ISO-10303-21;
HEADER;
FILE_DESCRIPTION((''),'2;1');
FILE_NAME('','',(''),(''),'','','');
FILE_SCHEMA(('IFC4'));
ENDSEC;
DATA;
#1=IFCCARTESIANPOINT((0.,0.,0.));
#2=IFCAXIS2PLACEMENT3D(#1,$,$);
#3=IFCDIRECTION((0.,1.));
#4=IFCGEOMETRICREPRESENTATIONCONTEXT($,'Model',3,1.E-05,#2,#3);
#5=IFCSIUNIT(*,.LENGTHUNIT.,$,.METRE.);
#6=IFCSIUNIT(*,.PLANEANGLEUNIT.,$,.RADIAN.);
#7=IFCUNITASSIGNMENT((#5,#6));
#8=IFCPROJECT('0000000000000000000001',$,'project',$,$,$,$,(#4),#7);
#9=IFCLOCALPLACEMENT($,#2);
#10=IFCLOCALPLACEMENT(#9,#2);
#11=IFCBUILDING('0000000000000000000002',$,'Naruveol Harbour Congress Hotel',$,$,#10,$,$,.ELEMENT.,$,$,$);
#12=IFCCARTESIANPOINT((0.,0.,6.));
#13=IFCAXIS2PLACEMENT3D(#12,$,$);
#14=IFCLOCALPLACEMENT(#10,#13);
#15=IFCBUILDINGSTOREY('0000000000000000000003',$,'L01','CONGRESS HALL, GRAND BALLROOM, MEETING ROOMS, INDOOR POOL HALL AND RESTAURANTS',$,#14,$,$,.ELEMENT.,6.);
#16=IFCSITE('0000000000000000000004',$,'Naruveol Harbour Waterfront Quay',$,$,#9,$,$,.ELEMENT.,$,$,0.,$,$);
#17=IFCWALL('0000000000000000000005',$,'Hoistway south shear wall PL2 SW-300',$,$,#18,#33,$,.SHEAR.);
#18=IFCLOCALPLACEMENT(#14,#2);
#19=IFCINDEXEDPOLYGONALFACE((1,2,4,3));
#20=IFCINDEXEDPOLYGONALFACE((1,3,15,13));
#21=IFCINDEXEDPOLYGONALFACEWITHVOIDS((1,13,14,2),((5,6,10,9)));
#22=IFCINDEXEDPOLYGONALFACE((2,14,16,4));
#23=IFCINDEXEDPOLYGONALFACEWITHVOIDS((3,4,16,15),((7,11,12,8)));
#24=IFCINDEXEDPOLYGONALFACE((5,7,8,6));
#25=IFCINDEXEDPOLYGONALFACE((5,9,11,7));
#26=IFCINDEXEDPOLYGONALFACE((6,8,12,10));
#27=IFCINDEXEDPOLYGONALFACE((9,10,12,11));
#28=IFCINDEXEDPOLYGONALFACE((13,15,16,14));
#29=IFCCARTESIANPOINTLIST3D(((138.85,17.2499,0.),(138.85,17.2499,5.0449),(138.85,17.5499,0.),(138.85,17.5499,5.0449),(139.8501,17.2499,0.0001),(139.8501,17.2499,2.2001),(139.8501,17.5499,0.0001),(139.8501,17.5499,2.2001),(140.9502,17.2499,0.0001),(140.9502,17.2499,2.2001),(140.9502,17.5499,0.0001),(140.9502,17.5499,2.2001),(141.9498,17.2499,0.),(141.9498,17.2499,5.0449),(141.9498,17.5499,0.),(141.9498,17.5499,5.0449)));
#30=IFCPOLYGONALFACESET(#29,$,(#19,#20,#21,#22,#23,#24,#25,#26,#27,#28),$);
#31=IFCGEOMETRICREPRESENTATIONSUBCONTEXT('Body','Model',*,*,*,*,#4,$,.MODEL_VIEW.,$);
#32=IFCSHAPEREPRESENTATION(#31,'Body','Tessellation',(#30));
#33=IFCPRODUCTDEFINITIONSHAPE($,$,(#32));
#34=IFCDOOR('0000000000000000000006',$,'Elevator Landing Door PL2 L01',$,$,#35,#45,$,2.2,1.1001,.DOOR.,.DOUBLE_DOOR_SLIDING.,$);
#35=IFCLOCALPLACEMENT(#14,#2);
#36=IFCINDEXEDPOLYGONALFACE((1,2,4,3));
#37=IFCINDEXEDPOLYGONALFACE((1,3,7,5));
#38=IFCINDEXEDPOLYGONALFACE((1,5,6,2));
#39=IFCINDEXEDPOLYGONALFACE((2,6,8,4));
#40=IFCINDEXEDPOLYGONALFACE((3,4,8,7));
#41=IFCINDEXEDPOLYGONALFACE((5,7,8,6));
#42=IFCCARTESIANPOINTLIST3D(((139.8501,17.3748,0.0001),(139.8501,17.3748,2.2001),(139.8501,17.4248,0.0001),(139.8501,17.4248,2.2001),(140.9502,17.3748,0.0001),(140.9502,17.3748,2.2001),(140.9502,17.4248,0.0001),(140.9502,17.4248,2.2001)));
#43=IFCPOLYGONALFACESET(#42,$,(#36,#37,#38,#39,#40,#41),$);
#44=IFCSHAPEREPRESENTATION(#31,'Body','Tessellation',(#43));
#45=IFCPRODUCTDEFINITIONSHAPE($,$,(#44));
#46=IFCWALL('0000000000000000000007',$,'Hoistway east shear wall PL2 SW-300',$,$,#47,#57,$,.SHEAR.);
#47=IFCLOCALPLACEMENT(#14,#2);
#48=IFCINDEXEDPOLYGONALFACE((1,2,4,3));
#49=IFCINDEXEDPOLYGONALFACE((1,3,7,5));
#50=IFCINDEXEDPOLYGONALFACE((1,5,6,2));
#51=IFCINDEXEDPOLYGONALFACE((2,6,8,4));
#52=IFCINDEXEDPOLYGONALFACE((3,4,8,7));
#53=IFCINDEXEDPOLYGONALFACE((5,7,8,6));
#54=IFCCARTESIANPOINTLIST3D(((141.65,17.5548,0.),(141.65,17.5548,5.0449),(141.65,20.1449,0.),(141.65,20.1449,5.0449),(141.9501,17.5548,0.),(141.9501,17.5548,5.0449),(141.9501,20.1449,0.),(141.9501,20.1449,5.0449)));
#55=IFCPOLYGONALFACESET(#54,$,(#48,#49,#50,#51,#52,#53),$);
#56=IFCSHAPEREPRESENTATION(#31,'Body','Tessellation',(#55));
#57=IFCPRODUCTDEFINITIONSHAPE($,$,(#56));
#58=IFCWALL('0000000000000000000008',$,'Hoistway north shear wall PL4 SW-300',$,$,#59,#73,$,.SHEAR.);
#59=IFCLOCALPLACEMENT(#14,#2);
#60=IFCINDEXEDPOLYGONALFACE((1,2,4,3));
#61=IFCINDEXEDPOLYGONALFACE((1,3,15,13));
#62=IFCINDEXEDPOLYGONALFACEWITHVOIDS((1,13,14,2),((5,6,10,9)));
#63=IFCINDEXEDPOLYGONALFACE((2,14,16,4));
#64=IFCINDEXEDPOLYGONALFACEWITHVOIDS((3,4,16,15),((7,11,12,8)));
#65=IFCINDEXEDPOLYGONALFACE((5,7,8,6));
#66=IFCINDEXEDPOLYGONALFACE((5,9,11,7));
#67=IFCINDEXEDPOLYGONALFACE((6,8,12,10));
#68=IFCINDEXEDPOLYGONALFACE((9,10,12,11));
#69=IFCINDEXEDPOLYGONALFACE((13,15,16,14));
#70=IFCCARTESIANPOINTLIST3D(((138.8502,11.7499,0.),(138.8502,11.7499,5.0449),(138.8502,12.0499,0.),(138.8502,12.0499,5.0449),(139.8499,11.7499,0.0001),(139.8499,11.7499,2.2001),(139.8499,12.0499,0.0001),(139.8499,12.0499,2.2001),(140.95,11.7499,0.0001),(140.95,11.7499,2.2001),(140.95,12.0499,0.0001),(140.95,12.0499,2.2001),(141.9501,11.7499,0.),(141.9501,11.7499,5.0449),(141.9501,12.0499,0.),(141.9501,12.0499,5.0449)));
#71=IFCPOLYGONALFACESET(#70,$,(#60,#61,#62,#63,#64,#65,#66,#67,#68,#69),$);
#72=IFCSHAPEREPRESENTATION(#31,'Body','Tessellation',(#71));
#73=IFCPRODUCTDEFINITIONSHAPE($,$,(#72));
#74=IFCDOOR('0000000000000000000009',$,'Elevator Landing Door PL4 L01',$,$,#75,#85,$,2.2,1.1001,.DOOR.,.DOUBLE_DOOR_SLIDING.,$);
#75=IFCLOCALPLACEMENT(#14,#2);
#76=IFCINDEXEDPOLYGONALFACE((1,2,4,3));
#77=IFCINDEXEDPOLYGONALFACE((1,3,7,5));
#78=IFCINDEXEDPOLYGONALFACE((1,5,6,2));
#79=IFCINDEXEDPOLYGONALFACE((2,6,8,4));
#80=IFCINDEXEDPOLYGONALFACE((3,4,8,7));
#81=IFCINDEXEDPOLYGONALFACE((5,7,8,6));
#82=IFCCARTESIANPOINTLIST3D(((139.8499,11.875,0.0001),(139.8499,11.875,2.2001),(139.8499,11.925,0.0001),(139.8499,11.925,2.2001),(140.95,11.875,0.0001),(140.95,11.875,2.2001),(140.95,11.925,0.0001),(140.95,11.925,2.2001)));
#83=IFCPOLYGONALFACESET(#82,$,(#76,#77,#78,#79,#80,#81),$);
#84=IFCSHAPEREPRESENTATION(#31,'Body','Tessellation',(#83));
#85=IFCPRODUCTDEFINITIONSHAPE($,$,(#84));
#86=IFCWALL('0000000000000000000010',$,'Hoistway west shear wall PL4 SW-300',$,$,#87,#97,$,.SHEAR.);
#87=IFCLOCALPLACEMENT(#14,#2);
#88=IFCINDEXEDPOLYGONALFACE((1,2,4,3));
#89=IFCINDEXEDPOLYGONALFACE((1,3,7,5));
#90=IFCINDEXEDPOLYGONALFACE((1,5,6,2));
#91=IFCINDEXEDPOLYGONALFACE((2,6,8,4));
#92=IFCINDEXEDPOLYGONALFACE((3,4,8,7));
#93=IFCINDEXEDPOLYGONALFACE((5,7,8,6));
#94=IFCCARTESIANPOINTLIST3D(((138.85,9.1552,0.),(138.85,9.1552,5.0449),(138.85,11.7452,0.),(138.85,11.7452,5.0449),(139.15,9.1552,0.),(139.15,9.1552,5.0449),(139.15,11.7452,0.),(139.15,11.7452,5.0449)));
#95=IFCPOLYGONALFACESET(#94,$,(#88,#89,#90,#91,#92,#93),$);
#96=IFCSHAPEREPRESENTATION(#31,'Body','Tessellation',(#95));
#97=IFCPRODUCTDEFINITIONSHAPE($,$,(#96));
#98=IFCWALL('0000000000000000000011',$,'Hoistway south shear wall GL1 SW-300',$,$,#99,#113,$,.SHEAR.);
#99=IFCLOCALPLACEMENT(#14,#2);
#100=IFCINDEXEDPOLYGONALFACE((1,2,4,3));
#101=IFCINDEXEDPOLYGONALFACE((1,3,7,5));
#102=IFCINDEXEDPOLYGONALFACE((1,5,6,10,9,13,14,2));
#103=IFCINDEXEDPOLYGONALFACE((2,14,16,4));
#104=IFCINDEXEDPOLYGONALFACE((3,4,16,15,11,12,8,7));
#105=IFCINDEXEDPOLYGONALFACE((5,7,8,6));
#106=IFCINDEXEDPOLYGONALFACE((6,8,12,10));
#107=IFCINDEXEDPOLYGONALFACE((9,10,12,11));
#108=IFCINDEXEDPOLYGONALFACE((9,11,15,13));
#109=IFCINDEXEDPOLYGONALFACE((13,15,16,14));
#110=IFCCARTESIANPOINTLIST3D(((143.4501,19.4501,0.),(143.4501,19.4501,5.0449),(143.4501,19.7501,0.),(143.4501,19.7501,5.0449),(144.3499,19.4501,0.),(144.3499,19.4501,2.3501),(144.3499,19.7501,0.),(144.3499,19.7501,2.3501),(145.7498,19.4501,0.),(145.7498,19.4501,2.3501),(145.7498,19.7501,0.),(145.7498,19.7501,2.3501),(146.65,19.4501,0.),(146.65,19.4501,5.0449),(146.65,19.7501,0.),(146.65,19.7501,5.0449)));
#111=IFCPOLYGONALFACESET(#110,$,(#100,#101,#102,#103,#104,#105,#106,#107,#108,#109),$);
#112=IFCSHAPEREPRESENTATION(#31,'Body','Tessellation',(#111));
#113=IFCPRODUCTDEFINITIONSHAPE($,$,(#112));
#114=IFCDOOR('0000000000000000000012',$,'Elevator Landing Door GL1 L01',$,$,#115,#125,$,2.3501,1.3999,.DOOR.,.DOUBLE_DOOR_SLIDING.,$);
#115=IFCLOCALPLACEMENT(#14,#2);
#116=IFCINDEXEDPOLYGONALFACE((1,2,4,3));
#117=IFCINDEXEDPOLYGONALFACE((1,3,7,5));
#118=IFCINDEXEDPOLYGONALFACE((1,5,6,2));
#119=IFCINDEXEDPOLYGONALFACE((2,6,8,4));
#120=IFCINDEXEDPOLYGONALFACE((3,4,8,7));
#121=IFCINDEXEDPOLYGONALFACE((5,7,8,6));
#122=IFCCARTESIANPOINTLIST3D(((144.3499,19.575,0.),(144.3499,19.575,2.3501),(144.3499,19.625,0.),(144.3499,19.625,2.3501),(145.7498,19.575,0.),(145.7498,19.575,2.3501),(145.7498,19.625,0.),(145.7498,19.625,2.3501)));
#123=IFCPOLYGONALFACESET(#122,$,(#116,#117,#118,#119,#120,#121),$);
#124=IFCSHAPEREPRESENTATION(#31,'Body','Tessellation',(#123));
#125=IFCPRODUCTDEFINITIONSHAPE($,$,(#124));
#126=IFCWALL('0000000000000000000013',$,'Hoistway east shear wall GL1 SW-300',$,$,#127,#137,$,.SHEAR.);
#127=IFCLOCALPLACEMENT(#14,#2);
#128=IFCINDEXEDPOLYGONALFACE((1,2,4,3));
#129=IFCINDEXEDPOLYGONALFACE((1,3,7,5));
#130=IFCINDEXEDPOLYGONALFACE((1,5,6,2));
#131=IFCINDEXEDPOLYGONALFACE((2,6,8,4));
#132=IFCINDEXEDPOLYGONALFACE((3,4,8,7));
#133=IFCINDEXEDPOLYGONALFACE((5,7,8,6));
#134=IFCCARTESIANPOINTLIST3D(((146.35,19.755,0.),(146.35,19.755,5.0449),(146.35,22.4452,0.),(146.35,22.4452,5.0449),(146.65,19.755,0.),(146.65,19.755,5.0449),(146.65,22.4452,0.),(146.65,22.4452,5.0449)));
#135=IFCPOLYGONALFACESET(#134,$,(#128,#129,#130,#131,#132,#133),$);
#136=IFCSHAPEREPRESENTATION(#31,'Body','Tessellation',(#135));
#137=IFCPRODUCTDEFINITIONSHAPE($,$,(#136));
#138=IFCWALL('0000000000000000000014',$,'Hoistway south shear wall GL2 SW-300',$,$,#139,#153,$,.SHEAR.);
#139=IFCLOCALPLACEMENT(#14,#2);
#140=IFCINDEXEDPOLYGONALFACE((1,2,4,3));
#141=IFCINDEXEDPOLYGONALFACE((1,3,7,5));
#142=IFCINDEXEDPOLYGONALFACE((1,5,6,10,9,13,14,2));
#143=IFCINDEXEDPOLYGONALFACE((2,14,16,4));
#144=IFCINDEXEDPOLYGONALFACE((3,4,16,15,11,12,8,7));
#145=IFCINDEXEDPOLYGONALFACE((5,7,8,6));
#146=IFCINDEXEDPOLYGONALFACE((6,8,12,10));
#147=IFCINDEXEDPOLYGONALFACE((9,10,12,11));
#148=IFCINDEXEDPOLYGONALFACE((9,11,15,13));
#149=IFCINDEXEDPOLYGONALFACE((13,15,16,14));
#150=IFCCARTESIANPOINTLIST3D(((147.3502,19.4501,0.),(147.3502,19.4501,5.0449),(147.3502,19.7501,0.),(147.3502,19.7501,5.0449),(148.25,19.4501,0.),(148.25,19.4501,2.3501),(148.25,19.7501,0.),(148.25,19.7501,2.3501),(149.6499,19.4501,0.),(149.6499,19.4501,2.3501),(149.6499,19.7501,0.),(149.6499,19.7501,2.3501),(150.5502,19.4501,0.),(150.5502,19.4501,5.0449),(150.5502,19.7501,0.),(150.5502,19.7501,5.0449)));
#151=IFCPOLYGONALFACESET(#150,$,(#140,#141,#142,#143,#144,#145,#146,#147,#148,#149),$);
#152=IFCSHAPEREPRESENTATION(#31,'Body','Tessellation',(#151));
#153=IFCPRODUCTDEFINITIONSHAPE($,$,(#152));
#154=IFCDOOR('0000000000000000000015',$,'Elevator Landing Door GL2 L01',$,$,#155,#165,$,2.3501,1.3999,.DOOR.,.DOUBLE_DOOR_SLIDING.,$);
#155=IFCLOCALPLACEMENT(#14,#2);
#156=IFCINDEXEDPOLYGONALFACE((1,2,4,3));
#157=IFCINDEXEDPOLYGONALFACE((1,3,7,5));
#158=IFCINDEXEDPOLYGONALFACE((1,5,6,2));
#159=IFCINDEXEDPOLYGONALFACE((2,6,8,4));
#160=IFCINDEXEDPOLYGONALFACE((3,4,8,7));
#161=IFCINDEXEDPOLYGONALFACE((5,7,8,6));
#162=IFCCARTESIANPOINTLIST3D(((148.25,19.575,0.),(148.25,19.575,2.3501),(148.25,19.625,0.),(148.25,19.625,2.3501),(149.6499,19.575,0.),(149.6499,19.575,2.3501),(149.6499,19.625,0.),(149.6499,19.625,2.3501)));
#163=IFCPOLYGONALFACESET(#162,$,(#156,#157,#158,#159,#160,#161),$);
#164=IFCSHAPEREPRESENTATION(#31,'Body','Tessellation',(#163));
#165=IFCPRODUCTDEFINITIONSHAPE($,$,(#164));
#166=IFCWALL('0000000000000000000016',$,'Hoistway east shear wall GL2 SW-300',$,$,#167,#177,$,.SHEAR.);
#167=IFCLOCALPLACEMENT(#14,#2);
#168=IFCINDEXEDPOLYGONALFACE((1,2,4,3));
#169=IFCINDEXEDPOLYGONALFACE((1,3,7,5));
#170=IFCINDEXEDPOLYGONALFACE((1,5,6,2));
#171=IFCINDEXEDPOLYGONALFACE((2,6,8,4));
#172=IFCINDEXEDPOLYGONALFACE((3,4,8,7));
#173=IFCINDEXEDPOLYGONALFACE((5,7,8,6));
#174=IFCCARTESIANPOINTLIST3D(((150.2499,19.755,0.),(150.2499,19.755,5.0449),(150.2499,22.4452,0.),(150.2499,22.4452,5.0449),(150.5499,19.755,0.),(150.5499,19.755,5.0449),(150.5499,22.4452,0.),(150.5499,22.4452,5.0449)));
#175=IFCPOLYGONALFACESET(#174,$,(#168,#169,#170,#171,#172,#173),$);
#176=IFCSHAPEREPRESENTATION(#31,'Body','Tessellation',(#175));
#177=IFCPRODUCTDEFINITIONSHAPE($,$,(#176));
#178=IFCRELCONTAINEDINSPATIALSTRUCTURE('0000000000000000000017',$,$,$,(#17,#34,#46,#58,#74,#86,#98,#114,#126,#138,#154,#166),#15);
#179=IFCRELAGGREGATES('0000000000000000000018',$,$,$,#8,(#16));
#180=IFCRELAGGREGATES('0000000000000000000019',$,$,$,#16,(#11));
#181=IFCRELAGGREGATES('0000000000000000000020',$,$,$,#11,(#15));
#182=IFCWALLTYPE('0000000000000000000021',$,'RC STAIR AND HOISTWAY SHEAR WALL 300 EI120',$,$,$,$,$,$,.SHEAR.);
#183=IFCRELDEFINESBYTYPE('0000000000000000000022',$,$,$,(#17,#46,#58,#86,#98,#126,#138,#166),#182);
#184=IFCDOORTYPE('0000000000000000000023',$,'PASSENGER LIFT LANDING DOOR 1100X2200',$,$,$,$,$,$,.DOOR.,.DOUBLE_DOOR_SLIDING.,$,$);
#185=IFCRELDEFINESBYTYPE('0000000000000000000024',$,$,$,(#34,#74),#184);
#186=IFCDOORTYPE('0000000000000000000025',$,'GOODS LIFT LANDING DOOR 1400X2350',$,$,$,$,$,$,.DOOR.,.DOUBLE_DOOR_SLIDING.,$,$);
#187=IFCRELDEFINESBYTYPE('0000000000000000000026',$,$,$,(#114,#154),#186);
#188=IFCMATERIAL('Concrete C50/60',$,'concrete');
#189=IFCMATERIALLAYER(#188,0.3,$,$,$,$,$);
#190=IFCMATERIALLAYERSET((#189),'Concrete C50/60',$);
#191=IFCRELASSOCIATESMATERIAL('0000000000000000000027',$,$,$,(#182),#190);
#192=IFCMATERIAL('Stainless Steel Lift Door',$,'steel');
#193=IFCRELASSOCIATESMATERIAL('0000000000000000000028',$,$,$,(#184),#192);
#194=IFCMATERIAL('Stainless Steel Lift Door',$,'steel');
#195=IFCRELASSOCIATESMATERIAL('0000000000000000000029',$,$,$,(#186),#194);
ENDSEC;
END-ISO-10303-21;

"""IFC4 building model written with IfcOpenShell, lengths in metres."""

from ifc_helpers import new_model, si_unit, direction, frame, frame_2d, origin, place, context, subcontext, project, spatial, rectangle, extrude, material, layer, layer_set, type_object, element, fill, save


model = new_model("IFC4")

# Units and contexts
model_context = context("Model", 3, precision=1e-05, world=origin(), true_north=direction((0.0, 1.0)))
body_context = subcontext(model_context, "Body", "Model", "MODEL_VIEW")
ifc_project = project(units=[si_unit("LENGTHUNIT", "METRE"), si_unit("PLANEANGLEUNIT", "RADIAN")], contexts=[model_context])

# Site, building, storey
site_placement = place(None, origin())
site = spatial("IfcSite", under=ifc_project, at=site_placement, Name="Naruveol Harbour Waterfront Quay", CompositionType="ELEMENT", RefElevation=0.0)
building_placement = place(site_placement, origin())
building = spatial("IfcBuilding", under=site, at=building_placement, Name="Naruveol Harbour Congress Hotel", CompositionType="ELEMENT")
storey_placement = place(building_placement, frame((0.0, 0.0, 6.0)))
storey = spatial("IfcBuildingStorey", under=building, at=storey_placement, Name="L01", Description="CONGRESS HALL, GRAND BALLROOM, MEETING ROOMS, INDOOR POOL HALL AND RESTAURANTS", CompositionType="ELEMENT", Elevation=6.0)

# Wall, opening, door
ifc_material_1 = material(Name="Concrete C50/60", Category="concrete")
ifc_layer_1 = layer(ifc_material_1, 0.3)
ifc_layer_set_1 = layer_set([ifc_layer_1], Name="Concrete C50/60")
wall_type_1 = type_object("IfcWallType", Name="RC STAIR AND HOISTWAY SHEAR WALL 300 EI120", PredefinedType="SHEAR", material=ifc_layer_set_1)
wall_1_placement = place(storey_placement, frame((138.8501, 17.3999, 0.0), z_axis=(0.0, 0.0, 1.0), x_axis=(1.0, 0.0, 0.0)))
wall_1 = element("IfcWall", 1, at=wall_1_placement, inside=storey, type_object=wall_type_1, Name="Hoistway south shear wall PL2 SW-300", PredefinedType="SHEAR", context=body_context, shape_type="SweptSolid", body=[
    extrude(rectangle(XDim=3.0999, YDim=0.3, at=frame_2d((1.5498, 0.0))), origin(), (0.0, 0.0, 1.0), 5.0449),
])
opening_1_placement = place(wall_1_placement, frame((1.0, 0.0, 0.0)))
opening_1 = element("IfcOpeningElement", 2, at=opening_1_placement, cuts=wall_1, PredefinedType="OPENING", context=body_context, shape_type="SweptSolid", body=[
    extrude(rectangle(XDim=1.1001, YDim=2.2, at=frame_2d((0.55, 1.1001))), frame((0.0, 0.1599, 0.0), z_axis=(0.0, -1.0, 0.0), x_axis=(1.0, 0.0, 0.0)), (0.0, 0.0, 1.0), 0.3201),
])
ifc_material_2 = material(Name="Stainless Steel Lift Door", Category="steel")
door_type_1 = type_object("IfcDoorType", Name="PASSENGER LIFT LANDING DOOR 1100X2200", OperationType="DOUBLE_DOOR_SLIDING", PredefinedType="DOOR", material=ifc_material_2)
door_1_placement = place(opening_1_placement, origin())
door_1 = element("IfcDoor", 3, at=door_1_placement, inside=storey, type_object=door_type_1, Name="Elevator Landing Door PL2 L01", OperationType="DOUBLE_DOOR_SLIDING", OverallHeight=2.2, OverallWidth=1.1001, PredefinedType="DOOR", context=body_context, shape_type="SweptSolid", body=[
    extrude(rectangle(XDim=1.1001, YDim=2.2, at=frame_2d((0.55, 1.1001))), frame((0.0, 0.0249, 0.0), z_axis=(0.0, -1.0, 0.0), x_axis=(1.0, 0.0, 0.0)), (0.0, 0.0, 1.0), 0.05),
])
fill(opening_1, door_1)

# Wall
wall_2_placement = place(storey_placement, frame((141.8, 17.5549, 0.0), z_axis=(0.0, 0.0, 1.0), x_axis=(0.0, 1.0, 0.0)))
element("IfcWall", 4, at=wall_2_placement, inside=storey, type_object=wall_type_1, Name="Hoistway east shear wall PL2 SW-300", PredefinedType="SHEAR", context=body_context, shape_type="SweptSolid", body=[
    extrude(rectangle(XDim=2.5901, YDim=0.3, at=frame_2d((1.2949, 0.0))), origin(), (0.0, 0.0, 1.0), 5.0449),
])

# Wall, opening, door
wall_3_placement = place(storey_placement, frame((141.95, 11.8999, 0.0), z_axis=(0.0, 0.0, 1.0), x_axis=(-1.0, 0.0, 0.0)))
wall_3 = element("IfcWall", 5, at=wall_3_placement, inside=storey, type_object=wall_type_1, Name="Hoistway north shear wall PL4 SW-300", PredefinedType="SHEAR", context=body_context, shape_type="SweptSolid", body=[
    extrude(rectangle(XDim=3.0999, YDim=0.3, at=frame_2d((1.5498, 0.0))), origin(), (0.0, 0.0, 1.0), 5.0449),
])
opening_2_placement = place(wall_3_placement, frame((1.0, 0.0, 0.0)))
opening_2 = element("IfcOpeningElement", 6, at=opening_2_placement, cuts=wall_3, PredefinedType="OPENING", context=body_context, shape_type="SweptSolid", body=[
    extrude(rectangle(XDim=1.1001, YDim=2.2, at=frame_2d((0.55, 1.1001))), frame((0.0, 0.1599, 0.0), z_axis=(0.0, -1.0, 0.0), x_axis=(1.0, 0.0, 0.0)), (0.0, 0.0, 1.0), 0.3201),
])
door_2_placement = place(opening_2_placement, origin())
door_2 = element("IfcDoor", 7, at=door_2_placement, inside=storey, type_object=door_type_1, Name="Elevator Landing Door PL4 L01", OperationType="DOUBLE_DOOR_SLIDING", OverallHeight=2.2, OverallWidth=1.1001, PredefinedType="DOOR", context=body_context, shape_type="SweptSolid", body=[
    extrude(rectangle(XDim=1.1001, YDim=2.2, at=frame_2d((0.55, 1.1001))), frame((0.0, 0.0249, 0.0), z_axis=(0.0, -1.0, 0.0), x_axis=(1.0, 0.0, 0.0)), (0.0, 0.0, 1.0), 0.05),
])
fill(opening_2, door_2)

# Wall
wall_4_placement = place(storey_placement, frame((139.0, 11.7451, 0.0), z_axis=(0.0, 0.0, 1.0), x_axis=(0.0, -1.0, 0.0)))
element("IfcWall", 8, at=wall_4_placement, inside=storey, type_object=wall_type_1, Name="Hoistway west shear wall PL4 SW-300", PredefinedType="SHEAR", context=body_context, shape_type="SweptSolid", body=[
    extrude(rectangle(XDim=2.5901, YDim=0.3, at=frame_2d((1.2949, 0.0))), origin(), (0.0, 0.0, 1.0), 5.0449),
])

# Wall, opening, door
wall_5_placement = place(storey_placement, frame((143.45, 19.6001, 0.0), z_axis=(0.0, 0.0, 1.0), x_axis=(1.0, 0.0, 0.0)))
wall_5 = element("IfcWall", 9, at=wall_5_placement, inside=storey, type_object=wall_type_1, Name="Hoistway south shear wall GL1 SW-300", PredefinedType="SHEAR", context=body_context, shape_type="SweptSolid", body=[
    extrude(rectangle(XDim=3.2, YDim=0.3, at=frame_2d((1.6001, 0.0))), origin(), (0.0, 0.0, 1.0), 5.0449),
])
opening_3_placement = place(wall_5_placement, frame((0.8999, 0.0, 0.0)))
opening_3 = element("IfcOpeningElement", 10, at=opening_3_placement, cuts=wall_5, PredefinedType="OPENING", context=body_context, shape_type="SweptSolid", body=[
    extrude(rectangle(XDim=1.3999, YDim=2.3501, at=frame_2d((0.7, 1.175))), frame((0.0, 0.1599, 0.0), z_axis=(0.0, -1.0, 0.0), x_axis=(1.0, 0.0, 0.0)), (0.0, 0.0, 1.0), 0.3201),
])
ifc_material_3 = material(Name="Stainless Steel Lift Door", Category="steel")
door_type_2 = type_object("IfcDoorType", Name="GOODS LIFT LANDING DOOR 1400X2350", OperationType="DOUBLE_DOOR_SLIDING", PredefinedType="DOOR", material=ifc_material_3)
door_3_placement = place(opening_3_placement, origin())
door_3 = element("IfcDoor", 11, at=door_3_placement, inside=storey, type_object=door_type_2, Name="Elevator Landing Door GL1 L01", OperationType="DOUBLE_DOOR_SLIDING", OverallHeight=2.3501, OverallWidth=1.3999, PredefinedType="DOOR", context=body_context, shape_type="SweptSolid", body=[
    extrude(rectangle(XDim=1.3999, YDim=2.3501, at=frame_2d((0.7, 1.175))), frame((0.0, 0.0249, 0.0), z_axis=(0.0, -1.0, 0.0), x_axis=(1.0, 0.0, 0.0)), (0.0, 0.0, 1.0), 0.05),
])
fill(opening_3, door_3)

# Wall
wall_6_placement = place(storey_placement, frame((146.5, 19.7549, 0.0), z_axis=(0.0, 0.0, 1.0), x_axis=(0.0, 1.0, 0.0)))
element("IfcWall", 12, at=wall_6_placement, inside=storey, type_object=wall_type_1, Name="Hoistway east shear wall GL1 SW-300", PredefinedType="SHEAR", context=body_context, shape_type="SweptSolid", body=[
    extrude(rectangle(XDim=2.6902, YDim=0.3, at=frame_2d((1.3452, 0.0))), origin(), (0.0, 0.0, 1.0), 5.0449),
])

# Wall, opening, door
wall_7_placement = place(storey_placement, frame((147.3501, 19.6001, 0.0), z_axis=(0.0, 0.0, 1.0), x_axis=(1.0, 0.0, 0.0)))
wall_7 = element("IfcWall", 13, at=wall_7_placement, inside=storey, type_object=wall_type_1, Name="Hoistway south shear wall GL2 SW-300", PredefinedType="SHEAR", context=body_context, shape_type="SweptSolid", body=[
    extrude(rectangle(XDim=3.2, YDim=0.3, at=frame_2d((1.6001, 0.0))), origin(), (0.0, 0.0, 1.0), 5.0449),
])
opening_4_placement = place(wall_7_placement, frame((0.8999, 0.0, 0.0)))
opening_4 = element("IfcOpeningElement", 14, at=opening_4_placement, cuts=wall_7, PredefinedType="OPENING", context=body_context, shape_type="SweptSolid", body=[
    extrude(rectangle(XDim=1.3999, YDim=2.3501, at=frame_2d((0.7, 1.175))), frame((0.0, 0.1599, 0.0), z_axis=(0.0, -1.0, 0.0), x_axis=(1.0, 0.0, 0.0)), (0.0, 0.0, 1.0), 0.3201),
])
door_4_placement = place(opening_4_placement, origin())
door_4 = element("IfcDoor", 15, at=door_4_placement, inside=storey, type_object=door_type_2, Name="Elevator Landing Door GL2 L01", OperationType="DOUBLE_DOOR_SLIDING", OverallHeight=2.3501, OverallWidth=1.3999, PredefinedType="DOOR", context=body_context, shape_type="SweptSolid", body=[
    extrude(rectangle(XDim=1.3999, YDim=2.3501, at=frame_2d((0.7, 1.175))), frame((0.0, 0.0249, 0.0), z_axis=(0.0, -1.0, 0.0), x_axis=(1.0, 0.0, 0.0)), (0.0, 0.0, 1.0), 0.05),
])
fill(opening_4, door_4)

# Wall
wall_8_placement = place(storey_placement, frame((150.3999, 19.7549, 0.0), z_axis=(0.0, 0.0, 1.0), x_axis=(0.0, 1.0, 0.0)))
element("IfcWall", 16, at=wall_8_placement, inside=storey, type_object=wall_type_1, Name="Hoistway east shear wall GL2 SW-300", PredefinedType="SHEAR", context=body_context, shape_type="SweptSolid", body=[
    extrude(rectangle(XDim=2.6902, YDim=0.3, at=frame_2d((1.3452, 0.0))), origin(), (0.0, 0.0, 1.0), 5.0449),
])

save(model, "model.ifc")
